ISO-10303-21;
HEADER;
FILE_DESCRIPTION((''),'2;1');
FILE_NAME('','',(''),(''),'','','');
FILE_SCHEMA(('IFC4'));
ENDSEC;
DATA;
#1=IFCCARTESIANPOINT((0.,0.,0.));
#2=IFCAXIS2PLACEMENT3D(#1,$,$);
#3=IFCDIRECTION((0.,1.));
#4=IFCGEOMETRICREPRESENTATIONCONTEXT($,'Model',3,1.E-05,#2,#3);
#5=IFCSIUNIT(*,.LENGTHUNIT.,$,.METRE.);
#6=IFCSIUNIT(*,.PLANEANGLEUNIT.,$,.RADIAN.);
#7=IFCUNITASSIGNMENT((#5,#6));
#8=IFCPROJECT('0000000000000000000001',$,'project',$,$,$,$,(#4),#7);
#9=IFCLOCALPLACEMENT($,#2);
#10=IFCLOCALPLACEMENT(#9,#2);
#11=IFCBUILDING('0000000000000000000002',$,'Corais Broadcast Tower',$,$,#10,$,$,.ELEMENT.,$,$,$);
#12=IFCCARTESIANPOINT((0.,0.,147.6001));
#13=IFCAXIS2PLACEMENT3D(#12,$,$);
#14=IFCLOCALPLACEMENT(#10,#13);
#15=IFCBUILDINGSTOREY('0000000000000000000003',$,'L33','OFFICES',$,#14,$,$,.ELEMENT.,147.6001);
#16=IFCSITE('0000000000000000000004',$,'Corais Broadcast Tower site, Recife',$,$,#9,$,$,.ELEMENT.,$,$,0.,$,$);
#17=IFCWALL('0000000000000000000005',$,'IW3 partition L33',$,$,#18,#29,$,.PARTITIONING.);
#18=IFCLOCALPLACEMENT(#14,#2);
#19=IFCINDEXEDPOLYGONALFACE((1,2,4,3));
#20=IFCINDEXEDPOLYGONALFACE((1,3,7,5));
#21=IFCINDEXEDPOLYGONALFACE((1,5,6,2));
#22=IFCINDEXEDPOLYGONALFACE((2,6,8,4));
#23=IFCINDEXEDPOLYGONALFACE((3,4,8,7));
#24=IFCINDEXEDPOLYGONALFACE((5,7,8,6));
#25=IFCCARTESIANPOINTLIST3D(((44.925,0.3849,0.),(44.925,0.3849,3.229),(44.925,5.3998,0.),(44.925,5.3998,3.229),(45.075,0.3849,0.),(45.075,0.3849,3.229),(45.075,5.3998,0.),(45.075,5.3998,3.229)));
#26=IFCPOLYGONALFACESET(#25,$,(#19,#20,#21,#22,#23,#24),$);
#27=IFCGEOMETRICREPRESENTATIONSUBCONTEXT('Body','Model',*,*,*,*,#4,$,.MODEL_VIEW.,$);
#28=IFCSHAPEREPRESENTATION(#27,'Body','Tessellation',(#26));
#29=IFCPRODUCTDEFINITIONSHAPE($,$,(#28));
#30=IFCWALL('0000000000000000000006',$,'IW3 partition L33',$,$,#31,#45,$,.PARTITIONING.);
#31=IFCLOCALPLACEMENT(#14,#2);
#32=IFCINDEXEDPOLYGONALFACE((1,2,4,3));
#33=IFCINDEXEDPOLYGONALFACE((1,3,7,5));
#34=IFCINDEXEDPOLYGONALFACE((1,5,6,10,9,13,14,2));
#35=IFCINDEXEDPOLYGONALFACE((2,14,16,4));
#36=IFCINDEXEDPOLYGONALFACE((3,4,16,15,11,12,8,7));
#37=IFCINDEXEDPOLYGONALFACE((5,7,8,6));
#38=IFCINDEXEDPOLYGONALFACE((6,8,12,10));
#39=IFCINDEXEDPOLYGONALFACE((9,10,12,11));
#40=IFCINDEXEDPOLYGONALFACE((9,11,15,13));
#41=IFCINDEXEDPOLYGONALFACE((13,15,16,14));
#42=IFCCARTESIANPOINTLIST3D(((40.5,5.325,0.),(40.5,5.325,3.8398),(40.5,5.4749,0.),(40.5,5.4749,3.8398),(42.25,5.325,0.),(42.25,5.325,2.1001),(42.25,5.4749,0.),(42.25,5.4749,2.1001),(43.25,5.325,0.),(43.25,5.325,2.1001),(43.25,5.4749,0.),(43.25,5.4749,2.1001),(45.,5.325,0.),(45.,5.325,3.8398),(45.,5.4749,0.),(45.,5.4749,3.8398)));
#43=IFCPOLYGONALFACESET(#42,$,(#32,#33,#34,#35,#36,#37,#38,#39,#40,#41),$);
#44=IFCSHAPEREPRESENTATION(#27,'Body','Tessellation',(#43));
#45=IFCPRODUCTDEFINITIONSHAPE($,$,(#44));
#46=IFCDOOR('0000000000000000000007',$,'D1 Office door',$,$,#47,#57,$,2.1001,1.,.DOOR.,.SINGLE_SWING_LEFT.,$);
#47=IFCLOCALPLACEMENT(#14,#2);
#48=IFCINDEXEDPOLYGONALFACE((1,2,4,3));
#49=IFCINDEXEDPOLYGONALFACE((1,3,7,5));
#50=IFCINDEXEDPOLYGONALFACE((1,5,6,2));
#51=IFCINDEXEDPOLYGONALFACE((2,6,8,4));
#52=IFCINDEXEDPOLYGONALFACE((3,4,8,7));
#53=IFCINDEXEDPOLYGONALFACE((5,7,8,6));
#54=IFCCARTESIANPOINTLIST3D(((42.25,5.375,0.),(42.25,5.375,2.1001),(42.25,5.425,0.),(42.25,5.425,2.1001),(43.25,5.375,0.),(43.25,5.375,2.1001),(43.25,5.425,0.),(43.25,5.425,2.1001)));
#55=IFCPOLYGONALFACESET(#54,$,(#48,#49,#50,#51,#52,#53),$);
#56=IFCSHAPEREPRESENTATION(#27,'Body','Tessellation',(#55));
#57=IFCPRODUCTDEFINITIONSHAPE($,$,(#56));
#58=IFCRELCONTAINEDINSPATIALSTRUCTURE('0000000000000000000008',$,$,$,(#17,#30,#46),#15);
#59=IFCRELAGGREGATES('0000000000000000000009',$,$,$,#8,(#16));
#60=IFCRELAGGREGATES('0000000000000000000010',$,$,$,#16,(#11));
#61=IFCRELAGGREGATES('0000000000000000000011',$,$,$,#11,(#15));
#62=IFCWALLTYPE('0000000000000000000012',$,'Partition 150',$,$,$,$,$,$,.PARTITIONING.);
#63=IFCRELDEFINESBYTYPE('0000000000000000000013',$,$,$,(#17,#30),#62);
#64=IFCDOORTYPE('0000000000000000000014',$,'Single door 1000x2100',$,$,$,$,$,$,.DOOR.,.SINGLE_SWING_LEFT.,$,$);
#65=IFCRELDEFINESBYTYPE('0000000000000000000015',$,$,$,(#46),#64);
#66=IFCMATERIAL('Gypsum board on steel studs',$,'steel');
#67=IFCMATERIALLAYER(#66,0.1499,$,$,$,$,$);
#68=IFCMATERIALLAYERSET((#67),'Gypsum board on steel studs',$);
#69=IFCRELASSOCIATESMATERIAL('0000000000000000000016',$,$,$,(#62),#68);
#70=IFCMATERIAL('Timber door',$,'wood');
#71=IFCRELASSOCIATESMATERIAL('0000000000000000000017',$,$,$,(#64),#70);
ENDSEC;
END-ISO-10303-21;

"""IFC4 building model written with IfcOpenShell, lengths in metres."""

from ifc_helpers import new_model, si_unit, direction, frame, frame_2d, origin, place, context, subcontext, project, spatial, rectangle, extrude, material, layer, layer_set, type_object, element, fill, save


model = new_model("IFC4")

# Units and contexts
model_context = context("Model", 3, precision=1e-05, world=origin(), true_north=direction((0.0, 1.0)))
body_context = subcontext(model_context, "Body", "Model", "MODEL_VIEW")
ifc_project = project(units=[si_unit("LENGTHUNIT", "METRE"), si_unit("PLANEANGLEUNIT", "RADIAN")], contexts=[model_context])

# Site, building, storey
site_placement = place(None, origin())
site = spatial("IfcSite", under=ifc_project, at=site_placement, Name="Corais Broadcast Tower site, Recife", CompositionType="ELEMENT", RefElevation=0.0)
building_placement = place(site_placement, origin())
building = spatial("IfcBuilding", under=site, at=building_placement, Name="Corais Broadcast Tower", CompositionType="ELEMENT")
storey_placement = place(building_placement, frame((0.0, 0.0, 147.6001)))
storey = spatial("IfcBuildingStorey", under=building, at=storey_placement, Name="L33", Description="OFFICES", CompositionType="ELEMENT", Elevation=147.6001)

# Wall
ifc_material_1 = material(Name="Gypsum board on steel studs", Category="steel")
ifc_layer_1 = layer(ifc_material_1, 0.1499)
ifc_layer_set_1 = layer_set([ifc_layer_1], Name="Gypsum board on steel studs")
wall_type = type_object("IfcWallType", Name="Partition 150", PredefinedType="PARTITIONING", material=ifc_layer_set_1)
wall_1_placement = place(storey_placement, frame((45.0, 0.385, 0.0), z_axis=(0.0, 0.0, 1.0), x_axis=(0.0, 1.0, 0.0)))
element("IfcWall", 1, at=wall_1_placement, inside=storey, type_object=wall_type, Name="IW3 partition L33", PredefinedType="PARTITIONING", context=body_context, shape_type="SweptSolid", body=[
    extrude(rectangle(XDim=5.0149, YDim=0.1499, at=frame_2d((2.5073, 0.0))), origin(), (0.0, 0.0, 1.0), 3.229),
])

# Wall, opening, door
wall_2_placement = place(storey_placement, frame((45.0, 5.3999, 0.0), z_axis=(0.0, 0.0, 1.0), x_axis=(-1.0, 0.0, 0.0)))
wall_2 = element("IfcWall", 2, at=wall_2_placement, inside=storey, type_object=wall_type, Name="IW3 partition L33", PredefinedType="PARTITIONING", context=body_context, shape_type="SweptSolid", body=[
    extrude(rectangle(XDim=4.5, YDim=0.1499, at=frame_2d((2.25, 0.0))), origin(), (0.0, 0.0, 1.0), 3.8398),
])
opening_placement = place(wall_2_placement, frame((1.75, 0.0, 0.0)))
opening = element("IfcOpeningElement", 3, at=opening_placement, cuts=wall_2, PredefinedType="OPENING", context=body_context, shape_type="SweptSolid", body=[
    extrude(rectangle(XDim=1.0, YDim=2.1001, at=frame_2d((0.5, 1.05))), frame((0.0, 0.085, 0.0), z_axis=(0.0, -1.0, 0.0), x_axis=(1.0, 0.0, 0.0)), (0.0, 0.0, 1.0), 0.1699),
])
ifc_material_2 = material(Name="Timber door", Category="wood")
door_type = type_object("IfcDoorType", Name="Single door 1000x2100", OperationType="SINGLE_SWING_LEFT", PredefinedType="DOOR", material=ifc_material_2)
door_placement = place(opening_placement, origin())
door = element("IfcDoor", 4, at=door_placement, inside=storey, type_object=door_type, Name="D1 Office door", OperationType="SINGLE_SWING_LEFT", OverallHeight=2.1001, OverallWidth=1.0, PredefinedType="DOOR", context=body_context, shape_type="SweptSolid", body=[
    extrude(rectangle(XDim=1.0, YDim=2.1001, at=frame_2d((0.5, 1.05))), frame((0.0, 0.0249, 0.0), z_axis=(0.0, -1.0, 0.0), x_axis=(1.0, 0.0, 0.0)), (0.0, 0.0, 1.0), 0.05),
])
fill(opening, door)

save(model, "model.ifc")
